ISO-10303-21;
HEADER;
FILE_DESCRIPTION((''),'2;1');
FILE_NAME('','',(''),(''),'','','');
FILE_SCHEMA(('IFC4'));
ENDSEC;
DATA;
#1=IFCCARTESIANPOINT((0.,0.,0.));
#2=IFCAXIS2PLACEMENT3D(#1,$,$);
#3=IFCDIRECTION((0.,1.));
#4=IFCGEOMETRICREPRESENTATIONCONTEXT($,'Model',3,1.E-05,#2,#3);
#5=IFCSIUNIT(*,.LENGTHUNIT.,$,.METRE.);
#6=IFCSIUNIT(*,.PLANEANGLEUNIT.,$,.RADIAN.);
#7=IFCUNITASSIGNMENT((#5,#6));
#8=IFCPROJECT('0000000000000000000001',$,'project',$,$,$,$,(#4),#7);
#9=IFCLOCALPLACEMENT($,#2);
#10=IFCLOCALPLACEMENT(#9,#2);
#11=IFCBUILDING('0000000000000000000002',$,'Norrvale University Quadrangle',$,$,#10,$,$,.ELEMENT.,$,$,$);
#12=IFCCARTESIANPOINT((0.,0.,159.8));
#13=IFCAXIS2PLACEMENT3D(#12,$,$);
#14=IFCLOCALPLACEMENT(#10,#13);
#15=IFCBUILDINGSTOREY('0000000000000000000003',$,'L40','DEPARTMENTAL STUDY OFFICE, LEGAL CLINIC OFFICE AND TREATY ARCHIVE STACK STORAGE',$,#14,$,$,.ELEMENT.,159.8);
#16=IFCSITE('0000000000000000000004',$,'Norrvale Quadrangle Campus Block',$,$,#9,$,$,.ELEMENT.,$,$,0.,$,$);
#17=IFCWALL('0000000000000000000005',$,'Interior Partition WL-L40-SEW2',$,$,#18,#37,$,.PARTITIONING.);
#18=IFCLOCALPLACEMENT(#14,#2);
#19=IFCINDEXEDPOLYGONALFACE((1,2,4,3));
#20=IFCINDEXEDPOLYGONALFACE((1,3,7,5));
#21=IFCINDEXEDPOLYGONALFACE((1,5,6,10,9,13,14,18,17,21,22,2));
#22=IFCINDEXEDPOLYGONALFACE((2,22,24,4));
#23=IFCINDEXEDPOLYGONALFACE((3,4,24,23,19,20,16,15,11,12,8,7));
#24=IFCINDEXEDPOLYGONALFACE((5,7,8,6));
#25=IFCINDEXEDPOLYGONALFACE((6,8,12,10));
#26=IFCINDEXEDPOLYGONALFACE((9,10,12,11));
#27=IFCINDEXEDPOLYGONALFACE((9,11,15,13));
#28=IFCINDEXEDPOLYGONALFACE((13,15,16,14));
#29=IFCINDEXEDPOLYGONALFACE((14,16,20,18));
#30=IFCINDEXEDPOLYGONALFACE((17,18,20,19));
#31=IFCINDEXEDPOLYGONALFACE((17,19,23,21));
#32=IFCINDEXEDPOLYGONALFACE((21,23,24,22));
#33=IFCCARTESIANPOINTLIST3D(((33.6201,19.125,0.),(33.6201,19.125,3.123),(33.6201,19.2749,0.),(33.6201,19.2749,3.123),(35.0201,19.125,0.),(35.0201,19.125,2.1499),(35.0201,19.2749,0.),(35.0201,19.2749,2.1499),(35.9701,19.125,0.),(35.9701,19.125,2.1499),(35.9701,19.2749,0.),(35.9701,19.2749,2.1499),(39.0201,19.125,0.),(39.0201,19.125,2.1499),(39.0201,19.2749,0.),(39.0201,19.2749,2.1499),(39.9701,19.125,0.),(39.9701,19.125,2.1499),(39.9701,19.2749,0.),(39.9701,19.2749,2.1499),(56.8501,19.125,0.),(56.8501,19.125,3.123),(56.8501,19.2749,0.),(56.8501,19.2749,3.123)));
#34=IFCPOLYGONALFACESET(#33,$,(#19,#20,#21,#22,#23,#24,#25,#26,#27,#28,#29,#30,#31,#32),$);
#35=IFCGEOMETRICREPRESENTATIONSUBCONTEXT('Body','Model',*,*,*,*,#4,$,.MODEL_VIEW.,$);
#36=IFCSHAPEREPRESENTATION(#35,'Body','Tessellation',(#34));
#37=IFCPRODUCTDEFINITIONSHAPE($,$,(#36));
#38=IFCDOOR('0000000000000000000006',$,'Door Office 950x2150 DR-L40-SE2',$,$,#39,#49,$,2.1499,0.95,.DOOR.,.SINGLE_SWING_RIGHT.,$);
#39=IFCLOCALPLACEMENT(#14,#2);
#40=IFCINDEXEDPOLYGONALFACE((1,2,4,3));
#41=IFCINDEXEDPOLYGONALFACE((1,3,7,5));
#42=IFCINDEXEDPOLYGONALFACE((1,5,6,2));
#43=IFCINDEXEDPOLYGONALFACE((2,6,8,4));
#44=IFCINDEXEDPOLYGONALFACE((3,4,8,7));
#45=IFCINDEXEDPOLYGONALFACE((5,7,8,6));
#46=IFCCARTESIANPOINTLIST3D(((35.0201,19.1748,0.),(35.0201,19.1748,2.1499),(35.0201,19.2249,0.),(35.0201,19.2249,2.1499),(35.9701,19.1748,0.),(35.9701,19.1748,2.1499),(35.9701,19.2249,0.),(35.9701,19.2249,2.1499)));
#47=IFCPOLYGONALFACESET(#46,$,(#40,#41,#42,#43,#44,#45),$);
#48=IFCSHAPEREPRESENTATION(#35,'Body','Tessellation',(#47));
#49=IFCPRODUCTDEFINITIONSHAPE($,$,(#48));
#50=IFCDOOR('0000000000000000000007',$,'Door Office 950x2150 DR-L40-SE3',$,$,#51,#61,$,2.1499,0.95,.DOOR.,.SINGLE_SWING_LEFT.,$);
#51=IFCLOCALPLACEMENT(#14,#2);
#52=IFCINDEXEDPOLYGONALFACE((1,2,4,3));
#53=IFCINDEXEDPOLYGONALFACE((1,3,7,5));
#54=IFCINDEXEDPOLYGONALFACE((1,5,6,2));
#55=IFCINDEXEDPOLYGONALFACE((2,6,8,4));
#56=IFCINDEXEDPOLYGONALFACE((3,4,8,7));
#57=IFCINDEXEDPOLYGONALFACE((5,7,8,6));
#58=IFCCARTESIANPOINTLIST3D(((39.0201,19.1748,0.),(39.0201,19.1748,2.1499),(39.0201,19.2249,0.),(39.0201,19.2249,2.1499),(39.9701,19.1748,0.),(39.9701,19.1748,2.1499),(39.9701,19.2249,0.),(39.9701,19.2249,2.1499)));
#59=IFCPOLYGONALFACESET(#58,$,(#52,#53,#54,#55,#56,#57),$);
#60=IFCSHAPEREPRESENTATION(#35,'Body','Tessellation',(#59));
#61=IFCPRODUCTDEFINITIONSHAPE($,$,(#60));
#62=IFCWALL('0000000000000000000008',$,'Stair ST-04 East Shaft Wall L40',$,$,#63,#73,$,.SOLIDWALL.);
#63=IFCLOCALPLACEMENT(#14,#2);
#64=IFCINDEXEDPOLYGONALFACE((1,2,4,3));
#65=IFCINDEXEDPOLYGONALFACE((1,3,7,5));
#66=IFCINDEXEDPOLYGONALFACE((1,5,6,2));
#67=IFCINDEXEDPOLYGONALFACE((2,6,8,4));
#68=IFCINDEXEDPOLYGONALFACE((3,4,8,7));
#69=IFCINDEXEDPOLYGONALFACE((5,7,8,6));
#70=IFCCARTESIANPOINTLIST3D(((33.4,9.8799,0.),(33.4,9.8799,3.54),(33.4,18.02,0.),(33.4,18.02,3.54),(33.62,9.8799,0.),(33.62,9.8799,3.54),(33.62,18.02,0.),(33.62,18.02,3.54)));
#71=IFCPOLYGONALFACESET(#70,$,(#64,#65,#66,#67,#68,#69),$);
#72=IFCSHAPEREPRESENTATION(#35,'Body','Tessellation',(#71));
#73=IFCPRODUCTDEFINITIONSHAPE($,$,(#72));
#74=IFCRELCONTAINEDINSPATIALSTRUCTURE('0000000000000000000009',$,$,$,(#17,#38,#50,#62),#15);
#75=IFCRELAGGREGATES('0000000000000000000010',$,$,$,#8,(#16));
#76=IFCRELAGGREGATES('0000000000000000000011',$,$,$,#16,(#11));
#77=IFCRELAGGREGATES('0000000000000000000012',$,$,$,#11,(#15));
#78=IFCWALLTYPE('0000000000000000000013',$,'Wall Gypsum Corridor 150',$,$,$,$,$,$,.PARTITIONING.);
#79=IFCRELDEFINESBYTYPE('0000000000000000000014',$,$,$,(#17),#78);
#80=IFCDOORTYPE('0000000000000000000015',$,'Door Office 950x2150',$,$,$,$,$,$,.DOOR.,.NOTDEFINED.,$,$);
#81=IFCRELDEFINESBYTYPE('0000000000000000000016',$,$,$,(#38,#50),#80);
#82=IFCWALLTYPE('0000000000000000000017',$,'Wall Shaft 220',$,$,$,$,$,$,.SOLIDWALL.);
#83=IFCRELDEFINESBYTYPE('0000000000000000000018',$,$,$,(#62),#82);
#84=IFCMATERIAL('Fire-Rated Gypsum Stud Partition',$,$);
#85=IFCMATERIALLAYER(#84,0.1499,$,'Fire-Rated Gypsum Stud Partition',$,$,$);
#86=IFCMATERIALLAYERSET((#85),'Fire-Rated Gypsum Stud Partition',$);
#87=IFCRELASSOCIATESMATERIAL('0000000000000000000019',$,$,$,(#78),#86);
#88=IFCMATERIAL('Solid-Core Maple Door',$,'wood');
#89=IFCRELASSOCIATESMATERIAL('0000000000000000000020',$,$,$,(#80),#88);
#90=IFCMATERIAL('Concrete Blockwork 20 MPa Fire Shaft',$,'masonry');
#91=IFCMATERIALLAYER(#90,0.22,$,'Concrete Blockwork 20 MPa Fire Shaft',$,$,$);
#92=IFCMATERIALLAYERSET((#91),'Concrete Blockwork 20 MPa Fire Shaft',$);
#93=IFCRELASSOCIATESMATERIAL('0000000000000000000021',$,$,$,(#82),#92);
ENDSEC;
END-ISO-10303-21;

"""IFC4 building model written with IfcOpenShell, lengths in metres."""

from ifc_helpers import new_model, si_unit, direction, frame, frame_2d, origin, place, context, subcontext, project, spatial, rectangle, extrude, material, layer, layer_set, type_object, element, fill, save


model = new_model("IFC4")

# Units and contexts
model_context = context("Model", 3, precision=1e-05, world=origin(), true_north=direction((0.0, 1.0)))
body_context = subcontext(model_context, "Body", "Model", "MODEL_VIEW")
ifc_project = project(units=[si_unit("LENGTHUNIT", "METRE"), si_unit("PLANEANGLEUNIT", "RADIAN")], contexts=[model_context])

# Site, building, storey
site_placement = place(None, origin())
site = spatial("IfcSite", under=ifc_project, at=site_placement, Name="Norrvale Quadrangle Campus Block", CompositionType="ELEMENT", RefElevation=0.0)
building_placement = place(site_placement, origin())
building = spatial("IfcBuilding", under=site, at=building_placement, Name="Norrvale University Quadrangle", CompositionType="ELEMENT")
storey_placement = place(building_placement, frame((0.0, 0.0, 159.8)))
storey = spatial("IfcBuildingStorey", under=building, at=storey_placement, Name="L40", Description="DEPARTMENTAL STUDY OFFICE, LEGAL CLINIC OFFICE AND TREATY ARCHIVE STACK STORAGE", CompositionType="ELEMENT", Elevation=159.8)

# Wall, openings, doors
ifc_material_1 = material(Name="Fire-Rated Gypsum Stud Partition")
ifc_layer_1 = layer(ifc_material_1, 0.1499, Name="Fire-Rated Gypsum Stud Partition")
ifc_layer_set_1 = layer_set([ifc_layer_1], Name="Fire-Rated Gypsum Stud Partition")
wall_type_1 = type_object("IfcWallType", Name="Wall Gypsum Corridor 150", PredefinedType="PARTITIONING", material=ifc_layer_set_1)
wall_1_placement = place(storey_placement, frame((33.6201, 19.2, 0.0), z_axis=(0.0, 0.0, 1.0), x_axis=(1.0, 0.0, 0.0)))
wall_1 = element("IfcWall", 1, at=wall_1_placement, inside=storey, type_object=wall_type_1, Name="Interior Partition WL-L40-SEW2", PredefinedType="PARTITIONING", context=body_context, shape_type="SweptSolid", body=[
    extrude(rectangle(XDim=23.23, YDim=0.1499, at=frame_2d((11.615, 0.0))), origin(), (0.0, 0.0, 1.0), 3.123),
])
opening_1_placement = place(wall_1_placement, frame((1.3999, 0.0, 0.0)))
opening_1 = element("IfcOpeningElement", 2, at=opening_1_placement, cuts=wall_1, PredefinedType="OPENING", context=body_context, shape_type="SweptSolid", body=[
    extrude(rectangle(XDim=0.95, YDim=2.1499, at=frame_2d((0.4751, 1.075))), frame((0.0, 0.0869, 0.0), z_axis=(0.0, -1.0, 0.0), x_axis=(1.0, 0.0, 0.0)), (0.0, 0.0, 1.0), 0.1738),
])
opening_2_placement = place(wall_1_placement, frame((5.3999, 0.0, 0.0)))
opening_2 = element("IfcOpeningElement", 3, at=opening_2_placement, cuts=wall_1, PredefinedType="OPENING", context=body_context, shape_type="SweptSolid", body=[
    extrude(rectangle(XDim=0.95, YDim=2.1499, at=frame_2d((0.4751, 1.075))), frame((0.0, 0.0869, 0.0), z_axis=(0.0, -1.0, 0.0), x_axis=(1.0, 0.0, 0.0)), (0.0, 0.0, 1.0), 0.1738),
])
ifc_material_2 = material(Name="Solid-Core Maple Door", Category="wood")
door_type = type_object("IfcDoorType", Name="Door Office 950x2150", OperationType="NOTDEFINED", PredefinedType="DOOR", material=ifc_material_2)
door_1_placement = place(opening_1_placement, origin())
door_1 = element("IfcDoor", 4, at=door_1_placement, inside=storey, type_object=door_type, Name="Door Office 950x2150 DR-L40-SE2", OperationType="SINGLE_SWING_RIGHT", OverallHeight=2.1499, OverallWidth=0.95, PredefinedType="DOOR", context=body_context, shape_type="SweptSolid", body=[
    extrude(rectangle(XDim=0.95, YDim=2.1499, at=frame_2d((0.4751, 1.075))), frame((0.0, 0.0249, 0.0), z_axis=(0.0, -1.0, 0.0), x_axis=(1.0, 0.0, 0.0)), (0.0, 0.0, 1.0), 0.05),
])
fill(opening_1, door_1)
door_2_placement = place(opening_2_placement, origin())
door_2 = element("IfcDoor", 5, at=door_2_placement, inside=storey, type_object=door_type, Name="Door Office 950x2150 DR-L40-SE3", OperationType="SINGLE_SWING_LEFT", OverallHeight=2.1499, OverallWidth=0.95, PredefinedType="DOOR", context=body_context, shape_type="SweptSolid", body=[
    extrude(rectangle(XDim=0.95, YDim=2.1499, at=frame_2d((0.4751, 1.075))), frame((0.0, 0.0249, 0.0), z_axis=(0.0, -1.0, 0.0), x_axis=(1.0, 0.0, 0.0)), (0.0, 0.0, 1.0), 0.05),
])
fill(opening_2, door_2)

# Wall
ifc_material_3 = material(Name="Concrete Blockwork 20 MPa Fire Shaft", Category="masonry")
ifc_layer_2 = layer(ifc_material_3, 0.22, Name="Concrete Blockwork 20 MPa Fire Shaft")
ifc_layer_set_2 = layer_set([ifc_layer_2], Name="Concrete Blockwork 20 MPa Fire Shaft")
wall_type_2 = type_object("IfcWallType", Name="Wall Shaft 220", PredefinedType="SOLIDWALL", material=ifc_layer_set_2)
wall_2_placement = place(storey_placement, frame((33.51, 9.8799, 0.0), z_axis=(0.0, 0.0, 1.0), x_axis=(0.0, 1.0, 0.0)))
element("IfcWall", 6, at=wall_2_placement, inside=storey, type_object=wall_type_2, Name="Stair ST-04 East Shaft Wall L40", PredefinedType="SOLIDWALL", context=body_context, shape_type="SweptSolid", body=[
    extrude(rectangle(XDim=8.1401, YDim=0.22, at=frame_2d((4.0701, 0.0))), origin(), (0.0, 0.0, 1.0), 3.54),
])

save(model, "model.ifc")
